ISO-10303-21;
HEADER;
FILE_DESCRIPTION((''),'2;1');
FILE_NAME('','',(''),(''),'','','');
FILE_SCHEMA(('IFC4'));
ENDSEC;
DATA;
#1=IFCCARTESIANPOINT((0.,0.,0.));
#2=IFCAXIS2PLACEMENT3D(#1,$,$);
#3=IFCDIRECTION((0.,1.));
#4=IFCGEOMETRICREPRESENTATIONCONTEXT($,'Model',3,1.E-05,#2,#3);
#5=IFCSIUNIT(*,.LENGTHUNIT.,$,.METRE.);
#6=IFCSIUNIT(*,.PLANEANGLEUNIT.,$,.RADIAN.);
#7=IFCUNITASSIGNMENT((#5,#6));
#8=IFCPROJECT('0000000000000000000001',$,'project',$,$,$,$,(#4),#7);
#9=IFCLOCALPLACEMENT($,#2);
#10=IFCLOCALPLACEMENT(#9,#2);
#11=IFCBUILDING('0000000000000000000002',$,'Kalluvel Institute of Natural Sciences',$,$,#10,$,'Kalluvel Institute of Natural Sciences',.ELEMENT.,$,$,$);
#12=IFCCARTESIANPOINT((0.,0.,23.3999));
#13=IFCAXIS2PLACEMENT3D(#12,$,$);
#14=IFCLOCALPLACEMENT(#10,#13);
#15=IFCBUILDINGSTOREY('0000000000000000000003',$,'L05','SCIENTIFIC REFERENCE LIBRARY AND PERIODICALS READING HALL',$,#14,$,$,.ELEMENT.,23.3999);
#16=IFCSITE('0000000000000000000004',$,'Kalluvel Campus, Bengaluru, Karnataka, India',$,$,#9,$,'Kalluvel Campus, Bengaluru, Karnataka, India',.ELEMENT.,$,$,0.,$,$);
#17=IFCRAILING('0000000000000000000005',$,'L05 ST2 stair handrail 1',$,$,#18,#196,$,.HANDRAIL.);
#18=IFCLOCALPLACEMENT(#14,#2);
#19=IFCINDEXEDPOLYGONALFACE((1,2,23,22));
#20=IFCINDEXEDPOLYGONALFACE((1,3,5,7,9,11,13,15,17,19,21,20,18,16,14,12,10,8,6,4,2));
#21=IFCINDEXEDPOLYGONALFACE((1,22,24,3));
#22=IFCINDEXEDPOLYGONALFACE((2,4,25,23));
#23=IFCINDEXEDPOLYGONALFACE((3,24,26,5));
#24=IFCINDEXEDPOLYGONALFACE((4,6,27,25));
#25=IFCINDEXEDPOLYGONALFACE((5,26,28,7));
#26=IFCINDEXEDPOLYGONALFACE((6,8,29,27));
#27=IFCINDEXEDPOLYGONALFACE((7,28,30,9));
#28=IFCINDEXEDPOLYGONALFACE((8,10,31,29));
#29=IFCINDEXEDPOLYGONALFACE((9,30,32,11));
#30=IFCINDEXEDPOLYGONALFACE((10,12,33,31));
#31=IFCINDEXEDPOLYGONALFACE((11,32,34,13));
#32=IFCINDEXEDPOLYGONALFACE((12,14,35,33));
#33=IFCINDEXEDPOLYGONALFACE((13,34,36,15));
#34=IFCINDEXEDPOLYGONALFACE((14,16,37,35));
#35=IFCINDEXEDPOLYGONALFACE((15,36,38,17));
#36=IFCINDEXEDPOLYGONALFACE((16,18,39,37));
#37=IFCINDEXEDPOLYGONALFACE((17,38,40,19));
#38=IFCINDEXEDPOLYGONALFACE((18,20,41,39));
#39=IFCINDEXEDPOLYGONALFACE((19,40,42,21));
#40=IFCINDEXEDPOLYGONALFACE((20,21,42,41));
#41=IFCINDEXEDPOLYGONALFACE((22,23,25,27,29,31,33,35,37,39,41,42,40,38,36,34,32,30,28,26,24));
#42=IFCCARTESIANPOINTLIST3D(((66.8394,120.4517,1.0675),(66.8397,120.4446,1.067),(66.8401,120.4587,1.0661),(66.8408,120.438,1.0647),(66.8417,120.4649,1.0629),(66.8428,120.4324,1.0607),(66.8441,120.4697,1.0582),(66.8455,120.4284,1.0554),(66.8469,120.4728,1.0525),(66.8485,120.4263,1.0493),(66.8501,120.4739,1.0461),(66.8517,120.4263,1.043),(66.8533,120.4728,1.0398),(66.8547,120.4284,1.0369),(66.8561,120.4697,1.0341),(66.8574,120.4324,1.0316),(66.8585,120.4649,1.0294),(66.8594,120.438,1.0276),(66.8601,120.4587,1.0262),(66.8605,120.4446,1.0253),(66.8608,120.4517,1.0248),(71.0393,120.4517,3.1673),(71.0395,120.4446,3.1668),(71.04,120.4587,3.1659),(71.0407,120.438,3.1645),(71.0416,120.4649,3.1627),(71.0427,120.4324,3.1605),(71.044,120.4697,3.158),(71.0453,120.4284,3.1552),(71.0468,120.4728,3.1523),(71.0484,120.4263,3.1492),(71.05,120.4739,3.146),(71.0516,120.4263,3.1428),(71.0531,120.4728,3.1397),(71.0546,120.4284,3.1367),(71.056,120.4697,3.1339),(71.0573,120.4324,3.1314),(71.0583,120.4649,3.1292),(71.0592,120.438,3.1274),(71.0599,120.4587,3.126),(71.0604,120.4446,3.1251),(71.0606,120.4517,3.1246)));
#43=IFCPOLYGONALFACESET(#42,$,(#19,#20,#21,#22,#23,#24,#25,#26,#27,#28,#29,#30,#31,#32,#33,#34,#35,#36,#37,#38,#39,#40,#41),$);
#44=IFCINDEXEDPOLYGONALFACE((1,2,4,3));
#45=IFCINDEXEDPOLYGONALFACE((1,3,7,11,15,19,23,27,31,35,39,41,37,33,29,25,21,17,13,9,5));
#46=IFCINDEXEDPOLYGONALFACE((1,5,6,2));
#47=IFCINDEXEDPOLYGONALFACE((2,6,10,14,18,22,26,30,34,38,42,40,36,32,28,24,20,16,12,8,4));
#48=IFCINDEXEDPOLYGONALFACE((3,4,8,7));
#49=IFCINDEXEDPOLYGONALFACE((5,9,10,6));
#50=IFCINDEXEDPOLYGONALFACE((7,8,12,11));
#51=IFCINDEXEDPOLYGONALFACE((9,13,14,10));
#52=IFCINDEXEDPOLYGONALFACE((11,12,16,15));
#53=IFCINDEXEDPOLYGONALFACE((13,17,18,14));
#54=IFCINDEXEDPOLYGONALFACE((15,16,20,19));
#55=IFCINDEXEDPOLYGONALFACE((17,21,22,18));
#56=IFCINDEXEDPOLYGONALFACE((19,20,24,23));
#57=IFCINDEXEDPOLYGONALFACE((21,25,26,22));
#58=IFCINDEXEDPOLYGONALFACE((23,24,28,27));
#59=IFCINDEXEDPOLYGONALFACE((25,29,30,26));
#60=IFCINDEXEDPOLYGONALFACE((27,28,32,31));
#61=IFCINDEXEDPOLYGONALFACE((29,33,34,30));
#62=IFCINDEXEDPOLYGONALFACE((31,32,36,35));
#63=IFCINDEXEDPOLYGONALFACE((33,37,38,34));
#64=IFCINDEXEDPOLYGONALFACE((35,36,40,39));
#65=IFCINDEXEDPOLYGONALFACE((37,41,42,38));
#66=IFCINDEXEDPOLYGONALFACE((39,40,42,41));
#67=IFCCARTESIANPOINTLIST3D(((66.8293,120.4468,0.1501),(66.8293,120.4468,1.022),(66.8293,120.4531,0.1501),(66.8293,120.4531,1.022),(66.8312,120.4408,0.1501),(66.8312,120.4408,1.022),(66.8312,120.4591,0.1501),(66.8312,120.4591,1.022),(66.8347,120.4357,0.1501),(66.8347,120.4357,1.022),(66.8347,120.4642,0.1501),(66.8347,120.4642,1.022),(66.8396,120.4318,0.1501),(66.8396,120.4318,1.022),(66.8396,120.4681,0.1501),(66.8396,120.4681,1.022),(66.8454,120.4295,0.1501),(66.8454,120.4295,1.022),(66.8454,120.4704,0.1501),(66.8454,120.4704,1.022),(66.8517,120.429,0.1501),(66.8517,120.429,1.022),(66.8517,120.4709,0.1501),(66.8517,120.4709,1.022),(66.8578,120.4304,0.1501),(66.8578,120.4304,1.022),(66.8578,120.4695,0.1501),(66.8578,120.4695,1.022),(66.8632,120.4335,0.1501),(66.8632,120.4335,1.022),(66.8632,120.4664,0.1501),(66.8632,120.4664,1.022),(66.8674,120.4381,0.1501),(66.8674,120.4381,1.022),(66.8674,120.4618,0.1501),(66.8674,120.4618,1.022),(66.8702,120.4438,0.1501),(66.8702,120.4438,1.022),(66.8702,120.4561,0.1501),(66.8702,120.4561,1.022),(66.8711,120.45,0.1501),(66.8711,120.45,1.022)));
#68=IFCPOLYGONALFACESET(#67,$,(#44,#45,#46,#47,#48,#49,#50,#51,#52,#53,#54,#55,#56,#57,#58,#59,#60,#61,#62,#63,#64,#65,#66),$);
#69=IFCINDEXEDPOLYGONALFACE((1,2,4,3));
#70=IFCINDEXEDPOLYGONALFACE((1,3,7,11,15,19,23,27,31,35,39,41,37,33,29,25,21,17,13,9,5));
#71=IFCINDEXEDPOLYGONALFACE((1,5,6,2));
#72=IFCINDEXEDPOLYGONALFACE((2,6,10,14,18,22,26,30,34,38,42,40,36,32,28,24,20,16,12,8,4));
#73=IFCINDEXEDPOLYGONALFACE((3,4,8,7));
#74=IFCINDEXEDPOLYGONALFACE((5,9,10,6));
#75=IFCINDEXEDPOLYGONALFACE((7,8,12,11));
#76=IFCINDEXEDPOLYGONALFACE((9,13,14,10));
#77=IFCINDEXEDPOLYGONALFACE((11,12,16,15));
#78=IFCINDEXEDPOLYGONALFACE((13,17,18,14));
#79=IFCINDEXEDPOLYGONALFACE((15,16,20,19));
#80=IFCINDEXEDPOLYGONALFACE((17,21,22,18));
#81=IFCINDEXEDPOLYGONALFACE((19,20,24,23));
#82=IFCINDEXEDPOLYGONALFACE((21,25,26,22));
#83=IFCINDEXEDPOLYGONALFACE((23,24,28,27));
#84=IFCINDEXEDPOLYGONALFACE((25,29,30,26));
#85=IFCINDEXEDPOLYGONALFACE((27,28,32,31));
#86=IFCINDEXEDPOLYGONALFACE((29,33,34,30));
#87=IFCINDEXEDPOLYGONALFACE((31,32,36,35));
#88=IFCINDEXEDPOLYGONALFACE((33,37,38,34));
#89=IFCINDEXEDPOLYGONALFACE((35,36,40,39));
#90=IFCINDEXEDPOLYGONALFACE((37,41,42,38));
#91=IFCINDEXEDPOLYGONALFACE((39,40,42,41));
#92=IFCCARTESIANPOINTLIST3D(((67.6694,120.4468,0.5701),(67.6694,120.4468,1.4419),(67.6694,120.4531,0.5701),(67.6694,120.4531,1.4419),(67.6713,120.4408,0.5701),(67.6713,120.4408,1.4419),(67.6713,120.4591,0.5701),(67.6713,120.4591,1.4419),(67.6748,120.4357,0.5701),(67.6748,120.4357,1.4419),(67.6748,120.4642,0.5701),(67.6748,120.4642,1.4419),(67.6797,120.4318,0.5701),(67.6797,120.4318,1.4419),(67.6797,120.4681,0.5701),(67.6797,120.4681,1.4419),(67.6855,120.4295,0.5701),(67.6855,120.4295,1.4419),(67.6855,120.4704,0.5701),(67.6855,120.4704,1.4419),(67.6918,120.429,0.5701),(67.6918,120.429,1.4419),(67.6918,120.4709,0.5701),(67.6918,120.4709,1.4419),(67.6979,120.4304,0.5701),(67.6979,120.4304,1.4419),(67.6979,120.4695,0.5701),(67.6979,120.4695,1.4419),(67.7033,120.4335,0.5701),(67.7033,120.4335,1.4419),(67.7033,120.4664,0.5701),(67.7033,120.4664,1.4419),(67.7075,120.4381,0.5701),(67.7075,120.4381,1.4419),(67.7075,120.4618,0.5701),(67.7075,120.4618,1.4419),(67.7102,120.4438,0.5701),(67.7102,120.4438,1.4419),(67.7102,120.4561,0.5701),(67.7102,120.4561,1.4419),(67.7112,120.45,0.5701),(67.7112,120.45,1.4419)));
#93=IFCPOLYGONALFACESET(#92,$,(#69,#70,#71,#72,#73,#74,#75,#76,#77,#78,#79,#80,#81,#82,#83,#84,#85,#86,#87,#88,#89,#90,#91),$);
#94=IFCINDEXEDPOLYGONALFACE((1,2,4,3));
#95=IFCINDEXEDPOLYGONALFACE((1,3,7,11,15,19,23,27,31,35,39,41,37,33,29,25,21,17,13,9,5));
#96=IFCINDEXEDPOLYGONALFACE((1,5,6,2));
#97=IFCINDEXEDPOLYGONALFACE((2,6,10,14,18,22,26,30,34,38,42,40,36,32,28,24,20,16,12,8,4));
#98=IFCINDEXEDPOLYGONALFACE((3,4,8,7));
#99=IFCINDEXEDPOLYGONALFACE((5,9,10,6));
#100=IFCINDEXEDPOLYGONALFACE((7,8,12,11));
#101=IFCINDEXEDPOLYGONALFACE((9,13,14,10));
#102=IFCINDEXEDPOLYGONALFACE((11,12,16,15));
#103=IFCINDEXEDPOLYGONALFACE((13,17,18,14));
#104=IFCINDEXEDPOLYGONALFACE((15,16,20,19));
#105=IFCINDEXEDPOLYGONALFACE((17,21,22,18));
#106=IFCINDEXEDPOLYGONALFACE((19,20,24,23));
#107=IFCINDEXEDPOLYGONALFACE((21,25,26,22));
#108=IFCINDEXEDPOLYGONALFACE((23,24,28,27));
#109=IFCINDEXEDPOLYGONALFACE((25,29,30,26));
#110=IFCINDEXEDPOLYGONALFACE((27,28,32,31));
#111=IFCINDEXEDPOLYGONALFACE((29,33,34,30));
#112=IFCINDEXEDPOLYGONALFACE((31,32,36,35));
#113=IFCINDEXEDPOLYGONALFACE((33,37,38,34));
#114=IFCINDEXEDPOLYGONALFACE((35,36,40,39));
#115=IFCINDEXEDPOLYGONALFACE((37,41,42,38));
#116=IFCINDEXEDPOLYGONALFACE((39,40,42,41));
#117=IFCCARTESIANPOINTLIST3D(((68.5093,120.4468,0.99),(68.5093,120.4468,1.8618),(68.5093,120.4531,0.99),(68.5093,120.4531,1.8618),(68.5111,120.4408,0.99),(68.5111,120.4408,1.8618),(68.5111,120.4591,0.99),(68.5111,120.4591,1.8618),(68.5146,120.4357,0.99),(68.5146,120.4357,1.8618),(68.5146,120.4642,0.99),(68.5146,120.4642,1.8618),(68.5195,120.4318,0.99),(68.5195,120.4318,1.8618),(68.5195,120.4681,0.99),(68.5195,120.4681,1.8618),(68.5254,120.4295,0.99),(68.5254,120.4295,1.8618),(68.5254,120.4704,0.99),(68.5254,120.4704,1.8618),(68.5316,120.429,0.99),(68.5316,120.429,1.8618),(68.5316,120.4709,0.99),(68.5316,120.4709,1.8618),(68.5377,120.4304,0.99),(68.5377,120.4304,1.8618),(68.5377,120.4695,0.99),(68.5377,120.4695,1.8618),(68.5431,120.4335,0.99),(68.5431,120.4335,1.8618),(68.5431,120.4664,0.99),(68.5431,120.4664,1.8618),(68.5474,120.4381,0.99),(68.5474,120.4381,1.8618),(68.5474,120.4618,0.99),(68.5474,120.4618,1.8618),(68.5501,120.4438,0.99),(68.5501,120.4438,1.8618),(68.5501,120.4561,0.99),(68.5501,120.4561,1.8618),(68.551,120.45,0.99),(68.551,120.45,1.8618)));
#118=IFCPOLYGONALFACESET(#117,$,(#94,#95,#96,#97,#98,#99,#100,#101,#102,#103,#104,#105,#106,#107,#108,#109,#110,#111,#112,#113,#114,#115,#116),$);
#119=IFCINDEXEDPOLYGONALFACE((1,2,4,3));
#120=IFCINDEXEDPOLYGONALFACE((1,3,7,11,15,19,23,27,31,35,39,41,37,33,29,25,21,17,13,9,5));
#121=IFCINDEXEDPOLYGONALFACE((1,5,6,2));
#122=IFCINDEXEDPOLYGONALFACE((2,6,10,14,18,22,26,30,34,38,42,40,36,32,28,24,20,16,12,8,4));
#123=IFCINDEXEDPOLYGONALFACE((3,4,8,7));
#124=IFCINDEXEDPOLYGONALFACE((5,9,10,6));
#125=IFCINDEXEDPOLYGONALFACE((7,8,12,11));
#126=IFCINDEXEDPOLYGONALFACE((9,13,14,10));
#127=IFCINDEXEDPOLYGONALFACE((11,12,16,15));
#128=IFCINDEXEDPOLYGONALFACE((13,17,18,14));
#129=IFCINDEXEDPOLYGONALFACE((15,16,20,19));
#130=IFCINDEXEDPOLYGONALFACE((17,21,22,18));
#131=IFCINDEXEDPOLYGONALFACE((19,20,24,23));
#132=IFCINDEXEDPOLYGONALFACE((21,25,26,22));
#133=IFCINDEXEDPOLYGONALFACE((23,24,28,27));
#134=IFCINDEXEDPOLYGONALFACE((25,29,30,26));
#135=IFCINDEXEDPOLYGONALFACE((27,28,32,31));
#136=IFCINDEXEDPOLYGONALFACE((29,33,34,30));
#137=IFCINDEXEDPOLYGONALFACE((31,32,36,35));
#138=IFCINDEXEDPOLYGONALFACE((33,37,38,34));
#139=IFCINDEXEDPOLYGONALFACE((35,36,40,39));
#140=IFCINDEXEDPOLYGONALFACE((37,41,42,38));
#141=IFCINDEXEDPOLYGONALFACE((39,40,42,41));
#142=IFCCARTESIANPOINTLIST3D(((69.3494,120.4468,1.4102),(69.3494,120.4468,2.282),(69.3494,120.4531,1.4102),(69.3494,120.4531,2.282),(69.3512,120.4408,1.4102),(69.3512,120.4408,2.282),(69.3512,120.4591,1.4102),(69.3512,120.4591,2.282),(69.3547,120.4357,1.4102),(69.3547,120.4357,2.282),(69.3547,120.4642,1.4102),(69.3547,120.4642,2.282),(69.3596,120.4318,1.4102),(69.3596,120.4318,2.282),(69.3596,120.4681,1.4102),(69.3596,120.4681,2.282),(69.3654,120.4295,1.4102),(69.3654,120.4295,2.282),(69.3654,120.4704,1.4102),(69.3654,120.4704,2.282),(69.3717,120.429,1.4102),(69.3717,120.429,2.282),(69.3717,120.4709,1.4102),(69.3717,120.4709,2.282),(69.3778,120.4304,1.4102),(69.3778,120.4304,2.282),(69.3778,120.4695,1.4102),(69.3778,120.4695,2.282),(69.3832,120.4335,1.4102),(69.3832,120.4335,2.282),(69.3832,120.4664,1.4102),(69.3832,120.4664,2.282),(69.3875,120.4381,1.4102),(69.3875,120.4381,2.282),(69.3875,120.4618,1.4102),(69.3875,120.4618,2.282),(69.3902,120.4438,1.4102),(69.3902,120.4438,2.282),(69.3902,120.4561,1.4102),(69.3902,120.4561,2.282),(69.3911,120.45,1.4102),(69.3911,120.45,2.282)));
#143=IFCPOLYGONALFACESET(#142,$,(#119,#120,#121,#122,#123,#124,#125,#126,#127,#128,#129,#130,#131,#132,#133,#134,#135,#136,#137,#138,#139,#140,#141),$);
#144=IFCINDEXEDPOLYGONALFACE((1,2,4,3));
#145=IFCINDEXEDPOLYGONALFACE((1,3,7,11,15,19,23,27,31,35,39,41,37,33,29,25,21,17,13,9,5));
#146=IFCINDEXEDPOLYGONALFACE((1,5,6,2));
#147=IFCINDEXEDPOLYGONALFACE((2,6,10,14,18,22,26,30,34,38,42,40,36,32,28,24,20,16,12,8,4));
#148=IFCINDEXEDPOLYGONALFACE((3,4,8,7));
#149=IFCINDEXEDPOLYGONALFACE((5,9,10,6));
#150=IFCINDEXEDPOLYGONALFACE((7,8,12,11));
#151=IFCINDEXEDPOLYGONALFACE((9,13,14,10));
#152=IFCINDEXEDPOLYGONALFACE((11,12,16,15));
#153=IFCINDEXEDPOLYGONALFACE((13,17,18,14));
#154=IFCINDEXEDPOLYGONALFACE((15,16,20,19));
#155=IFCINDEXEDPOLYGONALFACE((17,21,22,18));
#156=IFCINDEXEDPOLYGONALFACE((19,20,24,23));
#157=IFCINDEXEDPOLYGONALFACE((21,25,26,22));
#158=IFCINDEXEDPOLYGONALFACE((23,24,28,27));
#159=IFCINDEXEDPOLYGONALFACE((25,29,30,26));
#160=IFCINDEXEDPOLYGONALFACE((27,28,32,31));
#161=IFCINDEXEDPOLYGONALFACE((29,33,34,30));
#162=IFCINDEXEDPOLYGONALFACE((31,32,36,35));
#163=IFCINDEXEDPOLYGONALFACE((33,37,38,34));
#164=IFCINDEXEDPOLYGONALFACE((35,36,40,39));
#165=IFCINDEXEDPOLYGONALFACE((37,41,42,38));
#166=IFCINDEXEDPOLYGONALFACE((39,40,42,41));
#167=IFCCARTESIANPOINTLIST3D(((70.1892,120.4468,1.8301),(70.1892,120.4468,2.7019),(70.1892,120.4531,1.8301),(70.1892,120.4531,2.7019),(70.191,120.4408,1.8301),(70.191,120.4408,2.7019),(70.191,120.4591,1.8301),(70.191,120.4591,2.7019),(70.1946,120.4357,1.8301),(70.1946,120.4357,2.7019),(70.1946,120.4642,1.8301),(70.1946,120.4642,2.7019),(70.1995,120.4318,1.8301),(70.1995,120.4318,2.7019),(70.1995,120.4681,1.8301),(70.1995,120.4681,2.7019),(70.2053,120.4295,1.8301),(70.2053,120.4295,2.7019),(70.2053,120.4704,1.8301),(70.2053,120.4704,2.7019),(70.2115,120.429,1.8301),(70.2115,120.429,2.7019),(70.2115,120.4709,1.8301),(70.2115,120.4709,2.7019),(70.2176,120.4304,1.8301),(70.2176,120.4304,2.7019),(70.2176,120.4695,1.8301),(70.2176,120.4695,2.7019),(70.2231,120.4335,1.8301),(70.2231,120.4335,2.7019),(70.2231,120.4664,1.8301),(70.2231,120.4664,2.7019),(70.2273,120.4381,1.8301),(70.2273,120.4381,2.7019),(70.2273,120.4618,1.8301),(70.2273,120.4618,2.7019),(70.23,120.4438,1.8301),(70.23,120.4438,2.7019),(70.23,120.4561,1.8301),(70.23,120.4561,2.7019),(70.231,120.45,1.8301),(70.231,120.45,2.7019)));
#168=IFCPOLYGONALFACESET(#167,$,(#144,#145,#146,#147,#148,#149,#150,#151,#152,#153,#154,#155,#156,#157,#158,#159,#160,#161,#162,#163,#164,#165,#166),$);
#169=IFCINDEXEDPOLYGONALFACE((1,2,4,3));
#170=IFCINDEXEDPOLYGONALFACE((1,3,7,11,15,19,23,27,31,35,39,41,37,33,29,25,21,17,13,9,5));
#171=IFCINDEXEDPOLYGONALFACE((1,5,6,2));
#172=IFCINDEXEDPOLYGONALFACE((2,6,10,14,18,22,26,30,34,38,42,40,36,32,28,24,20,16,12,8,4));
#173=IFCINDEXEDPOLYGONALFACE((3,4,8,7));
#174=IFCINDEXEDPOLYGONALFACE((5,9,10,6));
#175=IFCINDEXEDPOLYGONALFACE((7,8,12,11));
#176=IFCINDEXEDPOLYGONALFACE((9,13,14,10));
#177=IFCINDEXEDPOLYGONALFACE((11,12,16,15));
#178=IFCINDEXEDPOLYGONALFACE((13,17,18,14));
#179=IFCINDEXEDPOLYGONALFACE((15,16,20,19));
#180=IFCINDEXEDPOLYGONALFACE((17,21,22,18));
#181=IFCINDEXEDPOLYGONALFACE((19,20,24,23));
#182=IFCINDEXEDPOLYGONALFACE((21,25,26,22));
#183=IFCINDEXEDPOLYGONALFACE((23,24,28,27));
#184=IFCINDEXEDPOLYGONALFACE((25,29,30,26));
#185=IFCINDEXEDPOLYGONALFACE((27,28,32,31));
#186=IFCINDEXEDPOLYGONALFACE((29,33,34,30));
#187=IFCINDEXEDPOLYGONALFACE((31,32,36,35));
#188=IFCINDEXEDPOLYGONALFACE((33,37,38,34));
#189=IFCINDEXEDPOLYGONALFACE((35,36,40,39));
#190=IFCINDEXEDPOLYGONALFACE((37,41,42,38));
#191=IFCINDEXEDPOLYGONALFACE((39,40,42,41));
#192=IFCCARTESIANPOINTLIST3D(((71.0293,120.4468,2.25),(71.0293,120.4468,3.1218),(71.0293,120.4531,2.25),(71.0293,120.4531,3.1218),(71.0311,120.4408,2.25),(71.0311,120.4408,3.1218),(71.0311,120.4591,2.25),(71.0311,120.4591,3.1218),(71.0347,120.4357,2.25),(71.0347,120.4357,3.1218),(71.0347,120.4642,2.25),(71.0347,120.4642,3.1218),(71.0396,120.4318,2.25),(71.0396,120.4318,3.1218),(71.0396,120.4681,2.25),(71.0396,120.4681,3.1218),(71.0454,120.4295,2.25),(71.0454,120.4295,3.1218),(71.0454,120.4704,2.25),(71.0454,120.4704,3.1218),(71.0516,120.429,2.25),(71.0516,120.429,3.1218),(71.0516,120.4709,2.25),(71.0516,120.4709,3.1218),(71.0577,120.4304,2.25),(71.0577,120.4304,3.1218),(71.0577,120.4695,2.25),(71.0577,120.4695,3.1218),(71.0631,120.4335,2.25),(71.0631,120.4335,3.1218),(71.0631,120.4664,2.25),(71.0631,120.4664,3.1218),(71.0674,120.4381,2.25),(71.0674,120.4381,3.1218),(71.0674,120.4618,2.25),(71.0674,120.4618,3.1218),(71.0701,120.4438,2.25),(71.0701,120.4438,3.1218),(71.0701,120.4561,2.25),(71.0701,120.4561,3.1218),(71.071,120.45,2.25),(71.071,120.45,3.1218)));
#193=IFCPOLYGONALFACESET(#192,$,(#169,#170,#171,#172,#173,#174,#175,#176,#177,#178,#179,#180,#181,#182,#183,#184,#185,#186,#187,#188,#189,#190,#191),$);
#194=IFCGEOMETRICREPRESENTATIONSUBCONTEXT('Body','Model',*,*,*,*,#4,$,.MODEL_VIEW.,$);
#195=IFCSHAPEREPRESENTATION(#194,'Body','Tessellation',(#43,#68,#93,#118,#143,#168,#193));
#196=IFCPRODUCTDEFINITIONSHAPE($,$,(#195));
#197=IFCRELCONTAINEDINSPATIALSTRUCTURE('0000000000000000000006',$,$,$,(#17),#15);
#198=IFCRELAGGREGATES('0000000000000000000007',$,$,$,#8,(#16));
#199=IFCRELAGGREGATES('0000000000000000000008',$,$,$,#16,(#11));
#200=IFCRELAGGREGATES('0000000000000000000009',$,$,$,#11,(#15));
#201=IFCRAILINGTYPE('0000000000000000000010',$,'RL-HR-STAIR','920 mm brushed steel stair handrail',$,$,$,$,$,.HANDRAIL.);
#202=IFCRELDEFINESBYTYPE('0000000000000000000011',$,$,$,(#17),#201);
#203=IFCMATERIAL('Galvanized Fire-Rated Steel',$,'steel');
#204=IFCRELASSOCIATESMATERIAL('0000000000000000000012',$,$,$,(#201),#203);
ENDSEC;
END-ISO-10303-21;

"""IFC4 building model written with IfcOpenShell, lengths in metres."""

from ifc_helpers import new_model, si_unit, direction, frame, origin, origin_2d, place, context, subcontext, project, spatial, circle, extrude, material, type_object, element, save


model = new_model("IFC4")

# Units and contexts
model_context = context("Model", 3, precision=1e-05, world=origin(), true_north=direction((0.0, 1.0)))
body_context = subcontext(model_context, "Body", "Model", "MODEL_VIEW")
ifc_project = project(units=[si_unit("LENGTHUNIT", "METRE"), si_unit("PLANEANGLEUNIT", "RADIAN")], contexts=[model_context])

# Site, building, storey
site_placement = place(None, origin())
site = spatial("IfcSite", under=ifc_project, at=site_placement, Name="Kalluvel Campus, Bengaluru, Karnataka, India", LongName="Kalluvel Campus, Bengaluru, Karnataka, India", CompositionType="ELEMENT", RefElevation=0.0)
building_placement = place(site_placement, origin())
building = spatial("IfcBuilding", under=site, at=building_placement, Name="Kalluvel Institute of Natural Sciences", LongName="Kalluvel Institute of Natural Sciences", CompositionType="ELEMENT")
storey_placement = place(building_placement, frame((0.0, 0.0, 23.3999)))
storey = spatial("IfcBuildingStorey", under=building, at=storey_placement, Name="L05", Description="SCIENTIFIC REFERENCE LIBRARY AND PERIODICALS READING HALL", CompositionType="ELEMENT", Elevation=23.3999)

# Shared definitions
ifc_material_1 = material(Name="Galvanized Fire-Rated Steel", Category="steel")

# Railing
railing_type_1 = type_object("IfcRailingType", Name="RL-HR-STAIR", Description="920 mm brushed steel stair handrail", PredefinedType="HANDRAIL", material=ifc_material_1)
railing_1_placement = place(storey_placement, frame((66.8501, 120.45, 0.1501)))
element("IfcRailing", 1, at=railing_1_placement, inside=storey, type_object=railing_type_1, Name="L05 ST2 stair handrail 1", PredefinedType="HANDRAIL", context=body_context, shape_type="SweptSolid", body=[
    extrude(circle(Radius=0.0239, at=origin_2d()), frame((0.0, 0.0, 0.896), z_axis=(0.894438, 0.0, 0.447193), x_axis=(0.0, 1.0, 0.0)), (0.0, 0.0, 1.0), 4.6956),
    extrude(circle(Radius=0.021, at=origin_2d()), origin(), (0.0, 0.0, 1.0), 0.8718),
    extrude(circle(Radius=0.021, at=origin_2d()), frame((0.8401, 0.0, 0.4199)), (0.0, 0.0, 1.0), 0.8718),
    extrude(circle(Radius=0.021, at=origin_2d()), frame((1.6799, 0.0, 0.8398)), (0.0, 0.0, 1.0), 0.8718),
    extrude(circle(Radius=0.021, at=origin_2d()), frame((2.52, 0.0, 1.26)), (0.0, 0.0, 1.0), 0.8718),
    extrude(circle(Radius=0.021, at=origin_2d()), frame((3.3599, 0.0, 1.6799)), (0.0, 0.0, 1.0), 0.8718),
    extrude(circle(Radius=0.021, at=origin_2d()), frame((4.2, 0.0, 2.0999)), (0.0, 0.0, 1.0), 0.8718),
])

save(model, "model.ifc")
